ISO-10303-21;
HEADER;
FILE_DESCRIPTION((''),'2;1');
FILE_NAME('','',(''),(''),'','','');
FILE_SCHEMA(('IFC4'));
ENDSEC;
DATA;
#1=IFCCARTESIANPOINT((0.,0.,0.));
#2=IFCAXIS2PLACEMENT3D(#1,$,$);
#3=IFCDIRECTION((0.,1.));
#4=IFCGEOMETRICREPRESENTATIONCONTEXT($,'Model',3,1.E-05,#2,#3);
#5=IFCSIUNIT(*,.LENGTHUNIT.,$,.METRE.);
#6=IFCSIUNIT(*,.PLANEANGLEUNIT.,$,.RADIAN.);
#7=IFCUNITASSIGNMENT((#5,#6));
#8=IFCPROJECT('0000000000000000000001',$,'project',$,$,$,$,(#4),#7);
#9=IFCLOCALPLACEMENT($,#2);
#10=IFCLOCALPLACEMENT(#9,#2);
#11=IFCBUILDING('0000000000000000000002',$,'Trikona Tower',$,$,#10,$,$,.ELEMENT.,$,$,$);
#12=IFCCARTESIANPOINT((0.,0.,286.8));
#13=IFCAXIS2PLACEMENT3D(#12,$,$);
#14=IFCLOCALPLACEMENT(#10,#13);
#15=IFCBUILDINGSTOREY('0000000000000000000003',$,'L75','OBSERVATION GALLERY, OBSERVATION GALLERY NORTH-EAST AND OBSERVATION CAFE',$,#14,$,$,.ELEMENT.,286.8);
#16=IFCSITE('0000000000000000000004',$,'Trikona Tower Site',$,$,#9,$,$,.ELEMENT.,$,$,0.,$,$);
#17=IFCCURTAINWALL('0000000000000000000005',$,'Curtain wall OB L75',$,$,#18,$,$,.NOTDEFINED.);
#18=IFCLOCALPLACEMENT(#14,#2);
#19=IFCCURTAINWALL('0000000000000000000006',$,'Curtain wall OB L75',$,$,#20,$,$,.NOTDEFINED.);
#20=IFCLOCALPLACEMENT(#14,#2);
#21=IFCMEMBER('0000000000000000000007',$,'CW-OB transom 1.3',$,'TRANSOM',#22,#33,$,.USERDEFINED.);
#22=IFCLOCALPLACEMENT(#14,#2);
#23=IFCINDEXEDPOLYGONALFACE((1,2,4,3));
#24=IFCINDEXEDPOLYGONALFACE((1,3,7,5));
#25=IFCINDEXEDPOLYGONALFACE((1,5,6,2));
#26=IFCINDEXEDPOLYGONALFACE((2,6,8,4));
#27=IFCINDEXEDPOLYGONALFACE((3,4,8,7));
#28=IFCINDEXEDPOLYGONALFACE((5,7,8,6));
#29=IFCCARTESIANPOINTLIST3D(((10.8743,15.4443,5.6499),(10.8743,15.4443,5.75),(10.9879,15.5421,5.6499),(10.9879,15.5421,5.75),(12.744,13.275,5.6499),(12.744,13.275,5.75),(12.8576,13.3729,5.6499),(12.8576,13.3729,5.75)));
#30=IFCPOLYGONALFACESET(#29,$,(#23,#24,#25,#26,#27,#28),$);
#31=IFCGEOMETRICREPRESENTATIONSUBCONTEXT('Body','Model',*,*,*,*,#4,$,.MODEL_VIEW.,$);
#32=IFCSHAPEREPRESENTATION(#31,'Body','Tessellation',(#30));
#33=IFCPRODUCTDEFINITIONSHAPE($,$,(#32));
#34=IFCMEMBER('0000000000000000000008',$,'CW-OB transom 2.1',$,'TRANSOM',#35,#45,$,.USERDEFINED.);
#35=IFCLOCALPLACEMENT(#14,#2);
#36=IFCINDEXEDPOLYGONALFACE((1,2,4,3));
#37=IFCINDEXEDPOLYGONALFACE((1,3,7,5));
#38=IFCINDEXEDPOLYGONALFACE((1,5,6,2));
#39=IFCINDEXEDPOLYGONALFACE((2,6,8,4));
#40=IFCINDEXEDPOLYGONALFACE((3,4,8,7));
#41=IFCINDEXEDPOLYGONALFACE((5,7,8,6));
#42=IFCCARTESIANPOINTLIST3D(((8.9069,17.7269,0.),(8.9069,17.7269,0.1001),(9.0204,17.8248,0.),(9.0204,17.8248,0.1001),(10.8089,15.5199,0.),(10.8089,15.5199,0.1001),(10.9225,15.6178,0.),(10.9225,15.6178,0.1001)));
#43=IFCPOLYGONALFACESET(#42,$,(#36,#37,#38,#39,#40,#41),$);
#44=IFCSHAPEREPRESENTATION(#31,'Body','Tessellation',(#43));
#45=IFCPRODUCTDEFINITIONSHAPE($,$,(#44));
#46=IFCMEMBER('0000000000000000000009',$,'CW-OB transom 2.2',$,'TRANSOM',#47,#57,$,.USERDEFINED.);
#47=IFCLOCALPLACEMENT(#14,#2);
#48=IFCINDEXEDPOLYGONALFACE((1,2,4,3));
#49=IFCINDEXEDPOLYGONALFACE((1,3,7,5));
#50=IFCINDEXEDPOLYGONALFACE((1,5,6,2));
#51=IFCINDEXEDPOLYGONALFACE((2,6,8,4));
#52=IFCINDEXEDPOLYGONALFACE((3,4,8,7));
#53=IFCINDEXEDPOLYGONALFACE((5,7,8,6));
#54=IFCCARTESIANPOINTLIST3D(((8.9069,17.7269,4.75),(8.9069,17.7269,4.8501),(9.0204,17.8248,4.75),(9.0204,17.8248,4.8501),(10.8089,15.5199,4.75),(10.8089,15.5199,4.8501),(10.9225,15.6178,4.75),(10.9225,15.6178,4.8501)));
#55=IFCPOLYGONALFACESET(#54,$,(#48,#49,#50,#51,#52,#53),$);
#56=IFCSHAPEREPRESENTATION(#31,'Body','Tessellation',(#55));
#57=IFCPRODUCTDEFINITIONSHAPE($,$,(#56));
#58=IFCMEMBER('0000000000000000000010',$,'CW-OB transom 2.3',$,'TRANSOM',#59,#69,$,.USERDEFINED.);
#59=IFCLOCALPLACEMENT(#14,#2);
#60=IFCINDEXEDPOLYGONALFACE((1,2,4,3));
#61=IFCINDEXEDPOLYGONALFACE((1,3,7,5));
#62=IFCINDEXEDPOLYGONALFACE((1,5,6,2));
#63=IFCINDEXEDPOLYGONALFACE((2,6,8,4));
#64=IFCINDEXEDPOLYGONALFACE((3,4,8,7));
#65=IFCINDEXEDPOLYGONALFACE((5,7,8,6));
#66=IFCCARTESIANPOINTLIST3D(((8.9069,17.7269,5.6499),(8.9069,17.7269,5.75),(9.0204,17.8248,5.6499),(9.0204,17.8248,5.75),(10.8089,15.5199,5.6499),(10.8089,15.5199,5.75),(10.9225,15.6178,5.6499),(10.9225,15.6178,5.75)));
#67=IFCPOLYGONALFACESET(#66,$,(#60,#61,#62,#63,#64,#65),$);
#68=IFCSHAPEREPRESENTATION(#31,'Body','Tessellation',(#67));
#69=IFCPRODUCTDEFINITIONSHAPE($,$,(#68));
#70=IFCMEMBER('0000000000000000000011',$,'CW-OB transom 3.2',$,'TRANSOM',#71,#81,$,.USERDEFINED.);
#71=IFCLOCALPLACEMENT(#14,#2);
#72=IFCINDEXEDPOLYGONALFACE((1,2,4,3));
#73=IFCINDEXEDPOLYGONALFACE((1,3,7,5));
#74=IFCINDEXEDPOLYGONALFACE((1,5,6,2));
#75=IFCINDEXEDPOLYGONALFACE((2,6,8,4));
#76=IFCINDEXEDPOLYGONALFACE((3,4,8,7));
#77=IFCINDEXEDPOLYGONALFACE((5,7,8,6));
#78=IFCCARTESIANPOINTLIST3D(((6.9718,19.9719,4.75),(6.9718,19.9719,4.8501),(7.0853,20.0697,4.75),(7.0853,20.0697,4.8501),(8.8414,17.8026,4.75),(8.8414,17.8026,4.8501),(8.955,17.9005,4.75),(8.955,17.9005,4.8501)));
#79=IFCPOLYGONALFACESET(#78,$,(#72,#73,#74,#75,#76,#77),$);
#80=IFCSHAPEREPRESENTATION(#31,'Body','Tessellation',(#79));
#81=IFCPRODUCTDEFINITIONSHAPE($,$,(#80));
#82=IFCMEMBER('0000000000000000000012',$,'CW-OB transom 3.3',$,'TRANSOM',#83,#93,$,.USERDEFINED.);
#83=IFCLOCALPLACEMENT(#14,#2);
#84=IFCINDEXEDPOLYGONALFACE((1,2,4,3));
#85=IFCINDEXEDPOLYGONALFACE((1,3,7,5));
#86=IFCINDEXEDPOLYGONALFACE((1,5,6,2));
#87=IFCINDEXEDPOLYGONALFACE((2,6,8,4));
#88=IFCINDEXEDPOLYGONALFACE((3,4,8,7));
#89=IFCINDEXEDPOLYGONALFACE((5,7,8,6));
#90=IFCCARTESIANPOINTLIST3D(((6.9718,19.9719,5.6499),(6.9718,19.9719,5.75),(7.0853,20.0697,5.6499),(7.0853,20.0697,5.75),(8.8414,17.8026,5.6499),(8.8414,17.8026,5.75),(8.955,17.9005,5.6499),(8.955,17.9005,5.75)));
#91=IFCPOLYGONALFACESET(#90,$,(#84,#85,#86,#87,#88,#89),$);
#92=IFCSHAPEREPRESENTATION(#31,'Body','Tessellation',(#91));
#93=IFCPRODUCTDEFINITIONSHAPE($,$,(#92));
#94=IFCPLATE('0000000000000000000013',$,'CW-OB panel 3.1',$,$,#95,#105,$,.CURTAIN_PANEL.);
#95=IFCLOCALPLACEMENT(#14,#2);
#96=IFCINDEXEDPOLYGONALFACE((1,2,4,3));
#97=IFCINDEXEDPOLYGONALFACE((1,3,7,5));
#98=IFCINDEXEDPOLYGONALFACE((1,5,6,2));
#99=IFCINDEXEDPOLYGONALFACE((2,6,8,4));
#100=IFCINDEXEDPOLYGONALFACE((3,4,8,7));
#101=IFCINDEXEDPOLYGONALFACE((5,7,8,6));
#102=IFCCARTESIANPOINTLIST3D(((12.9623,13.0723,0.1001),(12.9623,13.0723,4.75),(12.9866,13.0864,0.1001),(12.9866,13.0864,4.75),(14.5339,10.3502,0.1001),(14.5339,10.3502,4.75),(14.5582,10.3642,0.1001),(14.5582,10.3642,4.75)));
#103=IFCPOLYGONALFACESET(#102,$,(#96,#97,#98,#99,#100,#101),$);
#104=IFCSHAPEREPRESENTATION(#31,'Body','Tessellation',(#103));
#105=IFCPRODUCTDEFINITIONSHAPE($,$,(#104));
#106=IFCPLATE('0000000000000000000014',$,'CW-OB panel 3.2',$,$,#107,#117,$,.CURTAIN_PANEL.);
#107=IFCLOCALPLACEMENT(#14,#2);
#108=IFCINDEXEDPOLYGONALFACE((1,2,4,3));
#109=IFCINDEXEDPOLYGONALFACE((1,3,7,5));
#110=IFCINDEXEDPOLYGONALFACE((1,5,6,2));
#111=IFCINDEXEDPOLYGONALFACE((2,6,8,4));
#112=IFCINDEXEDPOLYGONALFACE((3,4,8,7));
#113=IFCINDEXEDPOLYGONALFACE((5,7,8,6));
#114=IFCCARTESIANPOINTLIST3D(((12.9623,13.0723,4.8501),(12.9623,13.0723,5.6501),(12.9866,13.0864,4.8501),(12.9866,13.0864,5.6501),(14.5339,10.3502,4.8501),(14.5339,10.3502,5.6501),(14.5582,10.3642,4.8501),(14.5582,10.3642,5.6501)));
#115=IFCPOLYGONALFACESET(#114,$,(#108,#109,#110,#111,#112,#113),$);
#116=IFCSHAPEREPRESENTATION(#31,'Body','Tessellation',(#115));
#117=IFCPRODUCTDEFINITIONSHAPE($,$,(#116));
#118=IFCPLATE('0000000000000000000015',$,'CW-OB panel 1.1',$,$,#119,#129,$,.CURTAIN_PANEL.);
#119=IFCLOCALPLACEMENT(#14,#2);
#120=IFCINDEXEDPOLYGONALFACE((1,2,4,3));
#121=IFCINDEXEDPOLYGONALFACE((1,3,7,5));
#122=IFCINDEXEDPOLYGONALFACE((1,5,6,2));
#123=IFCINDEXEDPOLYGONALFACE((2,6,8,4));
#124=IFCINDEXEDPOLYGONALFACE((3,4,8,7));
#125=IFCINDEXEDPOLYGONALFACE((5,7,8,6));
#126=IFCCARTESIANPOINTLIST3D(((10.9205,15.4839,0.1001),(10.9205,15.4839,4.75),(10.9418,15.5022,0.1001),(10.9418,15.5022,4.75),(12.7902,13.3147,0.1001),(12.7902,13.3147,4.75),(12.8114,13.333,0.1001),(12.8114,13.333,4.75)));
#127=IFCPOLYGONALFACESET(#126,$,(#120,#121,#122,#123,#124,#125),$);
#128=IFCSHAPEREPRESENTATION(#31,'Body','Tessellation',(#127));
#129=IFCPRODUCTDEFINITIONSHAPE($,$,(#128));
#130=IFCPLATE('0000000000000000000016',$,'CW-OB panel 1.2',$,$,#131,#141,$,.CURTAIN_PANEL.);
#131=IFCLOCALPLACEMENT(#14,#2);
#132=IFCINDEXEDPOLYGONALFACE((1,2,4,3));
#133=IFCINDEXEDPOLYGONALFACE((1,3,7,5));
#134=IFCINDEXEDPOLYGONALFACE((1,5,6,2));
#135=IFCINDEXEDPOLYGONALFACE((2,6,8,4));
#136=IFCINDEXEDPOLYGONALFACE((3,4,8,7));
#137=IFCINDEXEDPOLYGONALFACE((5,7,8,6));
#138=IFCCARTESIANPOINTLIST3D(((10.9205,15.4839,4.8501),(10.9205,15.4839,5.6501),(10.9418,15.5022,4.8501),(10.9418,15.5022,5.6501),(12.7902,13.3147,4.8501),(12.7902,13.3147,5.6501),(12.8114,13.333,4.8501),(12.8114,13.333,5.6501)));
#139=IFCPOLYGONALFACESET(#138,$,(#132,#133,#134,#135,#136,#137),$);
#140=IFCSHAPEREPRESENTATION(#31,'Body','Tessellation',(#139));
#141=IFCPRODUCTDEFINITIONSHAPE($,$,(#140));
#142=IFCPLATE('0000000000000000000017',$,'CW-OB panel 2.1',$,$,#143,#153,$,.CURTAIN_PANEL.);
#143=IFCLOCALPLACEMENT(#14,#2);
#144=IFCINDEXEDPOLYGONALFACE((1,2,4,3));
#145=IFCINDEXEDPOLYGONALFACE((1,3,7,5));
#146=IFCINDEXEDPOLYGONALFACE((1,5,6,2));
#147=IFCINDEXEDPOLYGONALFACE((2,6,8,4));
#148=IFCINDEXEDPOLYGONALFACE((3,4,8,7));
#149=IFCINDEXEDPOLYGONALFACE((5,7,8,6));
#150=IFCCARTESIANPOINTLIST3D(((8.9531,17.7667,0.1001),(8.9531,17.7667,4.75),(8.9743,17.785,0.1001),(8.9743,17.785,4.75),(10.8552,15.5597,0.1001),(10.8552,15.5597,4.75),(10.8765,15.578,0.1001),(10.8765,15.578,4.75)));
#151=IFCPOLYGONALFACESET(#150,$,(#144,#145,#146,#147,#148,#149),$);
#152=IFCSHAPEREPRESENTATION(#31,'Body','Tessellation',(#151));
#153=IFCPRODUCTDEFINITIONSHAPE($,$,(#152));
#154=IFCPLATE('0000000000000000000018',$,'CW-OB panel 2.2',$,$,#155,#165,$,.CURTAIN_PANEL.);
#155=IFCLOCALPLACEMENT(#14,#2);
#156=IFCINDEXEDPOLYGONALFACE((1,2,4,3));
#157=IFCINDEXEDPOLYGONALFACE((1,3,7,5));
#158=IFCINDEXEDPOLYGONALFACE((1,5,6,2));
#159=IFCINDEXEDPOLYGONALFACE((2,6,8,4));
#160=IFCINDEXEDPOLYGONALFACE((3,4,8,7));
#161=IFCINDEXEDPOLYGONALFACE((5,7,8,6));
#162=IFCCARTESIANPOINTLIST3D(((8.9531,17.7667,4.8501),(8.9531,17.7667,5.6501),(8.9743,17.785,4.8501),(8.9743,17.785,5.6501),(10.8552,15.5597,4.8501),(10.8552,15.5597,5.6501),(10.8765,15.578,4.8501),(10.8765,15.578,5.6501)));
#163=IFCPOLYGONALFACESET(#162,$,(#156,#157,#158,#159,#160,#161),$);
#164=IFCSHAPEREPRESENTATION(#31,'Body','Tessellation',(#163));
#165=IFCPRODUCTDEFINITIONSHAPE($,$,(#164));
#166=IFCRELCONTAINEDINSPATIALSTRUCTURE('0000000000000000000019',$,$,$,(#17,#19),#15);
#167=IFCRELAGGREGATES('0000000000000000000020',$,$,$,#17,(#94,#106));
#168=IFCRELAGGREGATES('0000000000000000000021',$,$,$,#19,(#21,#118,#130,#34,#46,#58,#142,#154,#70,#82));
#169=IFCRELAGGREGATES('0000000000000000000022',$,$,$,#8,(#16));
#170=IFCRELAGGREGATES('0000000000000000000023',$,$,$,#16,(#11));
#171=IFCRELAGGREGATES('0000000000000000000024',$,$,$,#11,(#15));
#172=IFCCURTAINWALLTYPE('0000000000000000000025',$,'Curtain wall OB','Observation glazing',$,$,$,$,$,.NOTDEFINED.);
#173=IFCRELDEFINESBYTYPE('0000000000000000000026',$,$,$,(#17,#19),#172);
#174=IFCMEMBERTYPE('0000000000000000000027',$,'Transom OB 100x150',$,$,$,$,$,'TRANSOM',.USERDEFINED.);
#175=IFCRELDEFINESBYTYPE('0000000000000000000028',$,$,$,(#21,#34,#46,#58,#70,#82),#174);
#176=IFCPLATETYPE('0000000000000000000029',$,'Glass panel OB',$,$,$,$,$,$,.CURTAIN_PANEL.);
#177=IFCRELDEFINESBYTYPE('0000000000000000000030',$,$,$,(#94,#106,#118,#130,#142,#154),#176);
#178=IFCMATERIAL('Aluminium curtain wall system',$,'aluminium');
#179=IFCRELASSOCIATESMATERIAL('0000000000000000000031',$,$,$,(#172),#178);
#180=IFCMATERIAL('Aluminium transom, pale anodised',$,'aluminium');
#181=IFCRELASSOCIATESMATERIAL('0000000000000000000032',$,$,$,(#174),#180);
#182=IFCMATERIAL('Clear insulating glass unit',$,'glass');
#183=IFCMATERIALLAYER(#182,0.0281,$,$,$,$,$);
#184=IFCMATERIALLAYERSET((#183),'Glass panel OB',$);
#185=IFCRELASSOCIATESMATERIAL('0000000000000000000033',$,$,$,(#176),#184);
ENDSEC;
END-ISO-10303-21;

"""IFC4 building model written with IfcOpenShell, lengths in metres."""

from ifc_helpers import new_model, si_unit, direction, frame, origin, origin_2d, place, context, subcontext, project, spatial, rectangle, extrude, material, layer, layer_set, material_profile, profile_set, type_object, element, aggregate, save


model = new_model("IFC4")

# Units and contexts
model_context = context("Model", 3, precision=1e-05, world=origin(), true_north=direction((0.0, 1.0)))
body_context = subcontext(model_context, "Body", "Model", "MODEL_VIEW")
ifc_project = project(units=[si_unit("LENGTHUNIT", "METRE"), si_unit("PLANEANGLEUNIT", "RADIAN")], contexts=[model_context])

# Site, building, storey
site_placement = place(None, origin())
site = spatial("IfcSite", under=ifc_project, at=site_placement, Name="Trikona Tower Site", CompositionType="ELEMENT", RefElevation=0.0)
building_placement = place(site_placement, origin())
building = spatial("IfcBuilding", under=site, at=building_placement, Name="Trikona Tower", CompositionType="ELEMENT")
storey_placement = place(building_placement, frame((0.0, 0.0, 286.8)))
storey = spatial("IfcBuildingStorey", under=building, at=storey_placement, Name="L75", Description="OBSERVATION GALLERY, OBSERVATION GALLERY NORTH-EAST AND OBSERVATION CAFE", CompositionType="ELEMENT", Elevation=286.8)

# Curtain walls
ifc_material_1 = material(Name="Aluminium curtain wall system", Category="aluminium")
curtain_wall_type = type_object("IfcCurtainWallType", Name="Curtain wall OB", Description="Observation glazing", PredefinedType="NOTDEFINED", material=ifc_material_1)
curtain_wall_1_placement = place(storey_placement, origin())
curtain_wall_1 = element("IfcCurtainWall", 1, at=curtain_wall_1_placement, inside=storey, type_object=curtain_wall_type, Name="Curtain wall OB L75", PredefinedType="NOTDEFINED")
curtain_wall_2_placement = place(storey_placement, origin())
curtain_wall_2 = element("IfcCurtainWall", 2, at=curtain_wall_2_placement, inside=storey, type_object=curtain_wall_type, Name="Curtain wall OB L75", PredefinedType="NOTDEFINED")

# Members
ifc_material_2 = material(Name="Aluminium transom, pale anodised", Category="aluminium")
ifc_material_profile_1 = material_profile(ifc_material_2, rectangle(XDim=0.1499, YDim=0.1001, at=origin_2d()), Name="TRN-OB")
ifc_profile_set_1 = profile_set([ifc_material_profile_1], Name="Aluminium transom, pale anodised")
member_type_1 = type_object("IfcMemberType", Name="Transom OB 100x150", ElementType="TRANSOM", PredefinedType="USERDEFINED", material=ifc_profile_set_1)
member_1_placement = place(storey_placement, frame((12.8008, 13.324, 5.7), z_axis=(-0.652867, 0.757472, 0.0), x_axis=(-0.757472, -0.652867, 0.0)))
member_1 = element("IfcMember", 3, at=member_1_placement, type_object=member_type_1, Name="CW-OB transom 1.3", ObjectType="TRANSOM", PredefinedType="USERDEFINED", context=body_context, shape_type="SweptSolid", body=[
    extrude(rectangle(XDim=0.1499, YDim=0.1001, at=origin_2d()), origin(), (0.0, 0.0, 1.0), 2.8638),
])
member_2_placement = place(storey_placement, frame((10.8657, 15.5688, 0.05), z_axis=(-0.652839, 0.757497, 0.0), x_axis=(-0.757497, -0.652839, 0.0)))
member_2 = element("IfcMember", 4, at=member_2_placement, type_object=member_type_1, Name="CW-OB transom 2.1", ObjectType="TRANSOM", PredefinedType="USERDEFINED", context=body_context, shape_type="SweptSolid", body=[
    extrude(rectangle(XDim=0.1499, YDim=0.1001, at=origin_2d()), origin(), (0.0, 0.0, 1.0), 2.9136),
])
member_3_placement = place(storey_placement, frame((10.8657, 15.5688, 4.8), z_axis=(-0.652839, 0.757497, 0.0), x_axis=(-0.757497, -0.652839, 0.0)))
member_3 = element("IfcMember", 5, at=member_3_placement, type_object=member_type_1, Name="CW-OB transom 2.2", ObjectType="TRANSOM", PredefinedType="USERDEFINED", context=body_context, shape_type="SweptSolid", body=[
    extrude(rectangle(XDim=0.1499, YDim=0.1001, at=origin_2d()), origin(), (0.0, 0.0, 1.0), 2.9136),
])
member_4_placement = place(storey_placement, frame((10.8657, 15.5688, 5.7), z_axis=(-0.652839, 0.757497, 0.0), x_axis=(-0.757497, -0.652839, 0.0)))
member_4 = element("IfcMember", 6, at=member_4_placement, type_object=member_type_1, Name="CW-OB transom 2.3", ObjectType="TRANSOM", PredefinedType="USERDEFINED", context=body_context, shape_type="SweptSolid", body=[
    extrude(rectangle(XDim=0.1499, YDim=0.1001, at=origin_2d()), origin(), (0.0, 0.0, 1.0), 2.9136),
])
member_5_placement = place(storey_placement, frame((8.8982, 17.8516, 4.8), z_axis=(-0.652867, 0.757472, 0.0), x_axis=(-0.757472, -0.652867, 0.0)))
member_5 = element("IfcMember", 7, at=member_5_placement, type_object=member_type_1, Name="CW-OB transom 3.2", ObjectType="TRANSOM", PredefinedType="USERDEFINED", context=body_context, shape_type="SweptSolid", body=[
    extrude(rectangle(XDim=0.1499, YDim=0.1001, at=origin_2d()), origin(), (0.0, 0.0, 1.0), 2.8638),
])
member_6_placement = place(storey_placement, frame((8.8982, 17.8516, 5.7), z_axis=(-0.652867, 0.757472, 0.0), x_axis=(-0.757472, -0.652867, 0.0)))
member_6 = element("IfcMember", 8, at=member_6_placement, type_object=member_type_1, Name="CW-OB transom 3.3", ObjectType="TRANSOM", PredefinedType="USERDEFINED", context=body_context, shape_type="SweptSolid", body=[
    extrude(rectangle(XDim=0.1499, YDim=0.1001, at=origin_2d()), origin(), (0.0, 0.0, 1.0), 2.8638),
])

# Plates
ifc_material_3 = material(Name="Clear insulating glass unit", Category="glass")
ifc_layer = layer(ifc_material_3, 0.0281)
ifc_layer_set = layer_set([ifc_layer], Name="Glass panel OB")
plate_type = type_object("IfcPlateType", Name="Glass panel OB", PredefinedType="CURTAIN_PANEL", material=ifc_layer_set)
plate_1_placement = place(storey_placement, frame((13.7603, 11.7183, 0.1001), z_axis=(0.0, 0.0, 1.0), x_axis=(-0.500006, 0.866022, 0.0)))
plate_1 = element("IfcPlate", 9, at=plate_1_placement, type_object=plate_type, Name="CW-OB panel 3.1", PredefinedType="CURTAIN_PANEL", context=body_context, shape_type="SweptSolid", body=[
    extrude(rectangle(XDim=3.1433, YDim=0.0281, at=origin_2d()), origin(), (0.0, 0.0, 1.0), 4.6499),
])
plate_2_placement = place(storey_placement, frame((13.7603, 11.7183, 4.8501), z_axis=(0.0, 0.0, 1.0), x_axis=(-0.500006, 0.866022, 0.0)))
plate_2 = element("IfcPlate", 10, at=plate_2_placement, type_object=plate_type, Name="CW-OB panel 3.2", PredefinedType="CURTAIN_PANEL", context=body_context, shape_type="SweptSolid", body=[
    extrude(rectangle(XDim=3.1433, YDim=0.0281, at=origin_2d()), origin(), (0.0, 0.0, 1.0), 0.8),
])
aggregate(curtain_wall_1, [plate_1, plate_2])
plate_3_placement = place(storey_placement, frame((11.866, 14.4084, 0.1001), z_axis=(0.0, 0.0, 1.0), x_axis=(-0.652864, 0.757475, 0.0)))
plate_3 = element("IfcPlate", 11, at=plate_3_placement, type_object=plate_type, Name="CW-OB panel 1.1", PredefinedType="CURTAIN_PANEL", context=body_context, shape_type="SweptSolid", body=[
    extrude(rectangle(XDim=2.8638, YDim=0.0281, at=origin_2d()), origin(), (0.0, 0.0, 1.0), 4.6499),
])
plate_4_placement = place(storey_placement, frame((11.866, 14.4084, 4.8501), z_axis=(0.0, 0.0, 1.0), x_axis=(-0.652864, 0.757475, 0.0)))
plate_4 = element("IfcPlate", 12, at=plate_4_placement, type_object=plate_type, Name="CW-OB panel 1.2", PredefinedType="CURTAIN_PANEL", context=body_context, shape_type="SweptSolid", body=[
    extrude(rectangle(XDim=2.8638, YDim=0.0281, at=origin_2d()), origin(), (0.0, 0.0, 1.0), 0.8),
])
plate_5_placement = place(storey_placement, frame((9.9148, 16.6724, 0.1001), z_axis=(0.0, 0.0, 1.0), x_axis=(-0.652864, 0.757475, 0.0)))
plate_5 = element("IfcPlate", 13, at=plate_5_placement, type_object=plate_type, Name="CW-OB panel 2.1", PredefinedType="CURTAIN_PANEL", context=body_context, shape_type="SweptSolid", body=[
    extrude(rectangle(XDim=2.9136, YDim=0.0281, at=origin_2d()), origin(), (0.0, 0.0, 1.0), 4.6499),
])
plate_6_placement = place(storey_placement, frame((9.9148, 16.6724, 4.8501), z_axis=(0.0, 0.0, 1.0), x_axis=(-0.652864, 0.757475, 0.0)))
plate_6 = element("IfcPlate", 14, at=plate_6_placement, type_object=plate_type, Name="CW-OB panel 2.2", PredefinedType="CURTAIN_PANEL", context=body_context, shape_type="SweptSolid", body=[
    extrude(rectangle(XDim=2.9136, YDim=0.0281, at=origin_2d()), origin(), (0.0, 0.0, 1.0), 0.8),
])
aggregate(curtain_wall_2, [member_1, plate_3, plate_4, member_2, member_3, member_4, plate_5, plate_6, member_5, member_6])

save(model, "model.ifc")
